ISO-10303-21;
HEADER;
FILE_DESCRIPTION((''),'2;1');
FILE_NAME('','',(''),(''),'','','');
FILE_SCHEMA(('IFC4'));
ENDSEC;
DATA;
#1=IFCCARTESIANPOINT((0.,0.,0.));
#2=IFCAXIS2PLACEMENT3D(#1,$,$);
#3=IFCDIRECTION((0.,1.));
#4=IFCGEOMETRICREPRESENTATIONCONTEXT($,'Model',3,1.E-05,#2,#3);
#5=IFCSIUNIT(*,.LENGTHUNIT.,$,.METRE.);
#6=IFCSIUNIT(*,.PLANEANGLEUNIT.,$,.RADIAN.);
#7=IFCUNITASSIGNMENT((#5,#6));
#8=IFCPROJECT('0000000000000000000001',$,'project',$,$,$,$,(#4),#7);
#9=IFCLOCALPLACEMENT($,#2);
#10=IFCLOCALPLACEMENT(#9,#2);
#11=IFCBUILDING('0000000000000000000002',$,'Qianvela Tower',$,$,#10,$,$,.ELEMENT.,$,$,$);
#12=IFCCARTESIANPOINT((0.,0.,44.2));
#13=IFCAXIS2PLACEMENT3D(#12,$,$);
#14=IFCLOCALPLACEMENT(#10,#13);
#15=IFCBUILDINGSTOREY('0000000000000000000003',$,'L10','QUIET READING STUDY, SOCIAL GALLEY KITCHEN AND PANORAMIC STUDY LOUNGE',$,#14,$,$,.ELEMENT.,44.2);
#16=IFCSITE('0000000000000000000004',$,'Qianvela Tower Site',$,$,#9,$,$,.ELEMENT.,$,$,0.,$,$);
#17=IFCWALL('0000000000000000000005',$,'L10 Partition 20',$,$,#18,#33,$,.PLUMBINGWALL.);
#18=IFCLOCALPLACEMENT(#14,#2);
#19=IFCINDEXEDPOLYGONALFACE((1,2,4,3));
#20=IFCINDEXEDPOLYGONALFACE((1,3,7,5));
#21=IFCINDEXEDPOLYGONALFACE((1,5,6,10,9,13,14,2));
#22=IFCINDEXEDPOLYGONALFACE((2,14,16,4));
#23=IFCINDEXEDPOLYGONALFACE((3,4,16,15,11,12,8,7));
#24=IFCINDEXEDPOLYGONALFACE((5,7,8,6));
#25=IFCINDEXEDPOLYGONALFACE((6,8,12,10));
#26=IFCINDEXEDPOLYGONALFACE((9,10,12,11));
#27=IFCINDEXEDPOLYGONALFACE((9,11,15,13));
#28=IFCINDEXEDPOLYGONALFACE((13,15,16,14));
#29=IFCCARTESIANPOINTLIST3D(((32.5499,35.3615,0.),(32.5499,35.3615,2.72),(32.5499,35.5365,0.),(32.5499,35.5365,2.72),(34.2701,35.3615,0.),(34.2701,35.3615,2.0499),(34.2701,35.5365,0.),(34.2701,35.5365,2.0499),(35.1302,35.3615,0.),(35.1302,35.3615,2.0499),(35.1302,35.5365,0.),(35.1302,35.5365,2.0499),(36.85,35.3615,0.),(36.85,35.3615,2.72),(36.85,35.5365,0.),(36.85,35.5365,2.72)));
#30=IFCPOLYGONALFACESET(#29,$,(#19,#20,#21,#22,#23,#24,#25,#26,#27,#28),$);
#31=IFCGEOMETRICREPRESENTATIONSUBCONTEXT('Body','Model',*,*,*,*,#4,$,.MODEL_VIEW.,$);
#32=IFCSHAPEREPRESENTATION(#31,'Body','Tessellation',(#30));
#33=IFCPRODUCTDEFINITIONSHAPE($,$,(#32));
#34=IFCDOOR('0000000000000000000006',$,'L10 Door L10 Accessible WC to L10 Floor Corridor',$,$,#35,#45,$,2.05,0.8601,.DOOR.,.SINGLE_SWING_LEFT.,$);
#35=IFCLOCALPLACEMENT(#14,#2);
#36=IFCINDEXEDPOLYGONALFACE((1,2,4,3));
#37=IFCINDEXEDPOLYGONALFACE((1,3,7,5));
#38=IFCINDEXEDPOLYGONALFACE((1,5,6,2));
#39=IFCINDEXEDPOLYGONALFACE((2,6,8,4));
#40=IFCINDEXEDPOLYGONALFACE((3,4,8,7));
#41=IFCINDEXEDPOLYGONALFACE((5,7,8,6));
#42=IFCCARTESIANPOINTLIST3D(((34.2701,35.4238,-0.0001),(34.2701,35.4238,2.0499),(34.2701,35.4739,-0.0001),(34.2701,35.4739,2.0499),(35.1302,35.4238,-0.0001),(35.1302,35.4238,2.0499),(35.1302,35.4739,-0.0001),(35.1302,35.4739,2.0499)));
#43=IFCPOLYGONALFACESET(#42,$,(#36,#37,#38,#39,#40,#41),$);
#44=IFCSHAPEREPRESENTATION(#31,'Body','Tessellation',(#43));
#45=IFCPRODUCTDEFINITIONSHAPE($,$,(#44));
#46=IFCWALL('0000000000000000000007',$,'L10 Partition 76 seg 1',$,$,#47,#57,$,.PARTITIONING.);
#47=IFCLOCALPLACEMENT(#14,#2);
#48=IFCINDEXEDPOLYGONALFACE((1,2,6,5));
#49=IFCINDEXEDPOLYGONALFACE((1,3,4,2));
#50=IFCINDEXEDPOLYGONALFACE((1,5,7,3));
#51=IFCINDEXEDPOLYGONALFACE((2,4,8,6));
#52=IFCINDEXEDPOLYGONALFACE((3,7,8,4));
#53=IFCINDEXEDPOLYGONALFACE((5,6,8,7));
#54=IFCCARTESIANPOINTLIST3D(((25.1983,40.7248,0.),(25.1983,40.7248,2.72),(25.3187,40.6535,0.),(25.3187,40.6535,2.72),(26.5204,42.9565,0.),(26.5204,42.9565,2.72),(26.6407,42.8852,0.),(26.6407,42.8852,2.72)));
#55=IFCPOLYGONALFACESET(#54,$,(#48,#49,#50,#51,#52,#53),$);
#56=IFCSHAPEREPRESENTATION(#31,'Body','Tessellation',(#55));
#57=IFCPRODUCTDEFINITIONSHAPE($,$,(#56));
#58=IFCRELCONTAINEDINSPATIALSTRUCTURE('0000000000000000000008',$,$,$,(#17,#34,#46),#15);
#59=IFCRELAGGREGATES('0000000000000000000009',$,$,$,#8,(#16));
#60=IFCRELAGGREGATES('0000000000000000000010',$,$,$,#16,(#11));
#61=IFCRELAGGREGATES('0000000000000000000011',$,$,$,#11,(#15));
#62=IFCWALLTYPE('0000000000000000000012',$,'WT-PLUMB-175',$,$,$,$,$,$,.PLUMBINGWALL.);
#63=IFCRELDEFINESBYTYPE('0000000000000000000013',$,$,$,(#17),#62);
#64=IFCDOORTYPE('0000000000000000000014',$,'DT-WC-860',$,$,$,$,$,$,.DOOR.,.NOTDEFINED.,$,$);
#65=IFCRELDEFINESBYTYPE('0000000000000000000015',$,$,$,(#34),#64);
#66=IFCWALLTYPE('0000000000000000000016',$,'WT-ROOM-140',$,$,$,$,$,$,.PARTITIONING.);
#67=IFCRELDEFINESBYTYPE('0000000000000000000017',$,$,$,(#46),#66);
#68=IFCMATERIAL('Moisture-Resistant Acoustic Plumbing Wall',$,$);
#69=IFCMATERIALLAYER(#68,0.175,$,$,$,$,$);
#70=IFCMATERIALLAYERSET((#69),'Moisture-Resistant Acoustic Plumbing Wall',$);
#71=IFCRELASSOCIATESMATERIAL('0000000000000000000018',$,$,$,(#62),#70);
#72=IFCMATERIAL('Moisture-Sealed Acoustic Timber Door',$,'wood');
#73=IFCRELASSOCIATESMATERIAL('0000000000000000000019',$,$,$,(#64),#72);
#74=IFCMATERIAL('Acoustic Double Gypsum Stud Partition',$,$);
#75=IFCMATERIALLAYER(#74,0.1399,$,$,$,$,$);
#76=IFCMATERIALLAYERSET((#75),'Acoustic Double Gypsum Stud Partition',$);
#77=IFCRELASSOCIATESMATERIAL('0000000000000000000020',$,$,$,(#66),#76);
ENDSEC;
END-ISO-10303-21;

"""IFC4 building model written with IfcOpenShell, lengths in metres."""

from ifc_helpers import new_model, si_unit, direction, frame, frame_2d, origin, place, context, subcontext, project, spatial, rectangle, extrude, material, layer, layer_set, type_object, element, fill, save


model = new_model("IFC4")

# Units and contexts
model_context = context("Model", 3, precision=1e-05, world=origin(), true_north=direction((0.0, 1.0)))
body_context = subcontext(model_context, "Body", "Model", "MODEL_VIEW")
ifc_project = project(units=[si_unit("LENGTHUNIT", "METRE"), si_unit("PLANEANGLEUNIT", "RADIAN")], contexts=[model_context])

# Site, building, storey
site_placement = place(None, origin())
site = spatial("IfcSite", under=ifc_project, at=site_placement, Name="Qianvela Tower Site", CompositionType="ELEMENT", RefElevation=0.0)
building_placement = place(site_placement, origin())
building = spatial("IfcBuilding", under=site, at=building_placement, Name="Qianvela Tower", CompositionType="ELEMENT")
storey_placement = place(building_placement, frame((0.0, 0.0, 44.2)))
storey = spatial("IfcBuildingStorey", under=building, at=storey_placement, Name="L10", Description="QUIET READING STUDY, SOCIAL GALLEY KITCHEN AND PANORAMIC STUDY LOUNGE", CompositionType="ELEMENT", Elevation=44.2)

# Wall, opening, door
ifc_material_1 = material(Name="Moisture-Resistant Acoustic Plumbing Wall")
ifc_layer_1 = layer(ifc_material_1, 0.175)
ifc_layer_set_1 = layer_set([ifc_layer_1], Name="Moisture-Resistant Acoustic Plumbing Wall")
wall_type_1 = type_object("IfcWallType", Name="WT-PLUMB-175", PredefinedType="PLUMBINGWALL", material=ifc_layer_set_1)
wall_1_placement = place(storey_placement, frame((32.55, 35.449, 0.0), z_axis=(0.0, 0.0, 1.0), x_axis=(1.0, 0.0, 0.0)))
wall_1 = element("IfcWall", 1, at=wall_1_placement, inside=storey, type_object=wall_type_1, Name="L10 Partition 20", PredefinedType="PLUMBINGWALL", context=body_context, shape_type="SweptSolid", body=[
    extrude(rectangle(XDim=4.3, YDim=0.175, at=frame_2d((2.1499, 0.0))), origin(), (0.0, 0.0, 1.0), 2.72),
])
opening_1_placement = place(wall_1_placement, frame((1.72, 0.0, 0.0)))
opening_1 = element("IfcOpeningElement", 2, at=opening_1_placement, cuts=wall_1, PredefinedType="OPENING", context=body_context, shape_type="SweptSolid", body=[
    extrude(rectangle(XDim=0.8601, YDim=2.05, at=frame_2d((0.4302, 1.0249))), frame((0.0, 0.0974, 0.0), z_axis=(0.0, -1.0, 0.0), x_axis=(1.0, 0.0, 0.0)), (0.0, 0.0, 1.0), 0.1951),
])
ifc_material_2 = material(Name="Moisture-Sealed Acoustic Timber Door", Category="wood")
door_type_1 = type_object("IfcDoorType", Name="DT-WC-860", OperationType="NOTDEFINED", PredefinedType="DOOR", material=ifc_material_2)
door_1_placement = place(opening_1_placement, origin())
door_1 = element("IfcDoor", 3, at=door_1_placement, inside=storey, type_object=door_type_1, Name="L10 Door L10 Accessible WC to L10 Floor Corridor", OperationType="SINGLE_SWING_LEFT", OverallHeight=2.05, OverallWidth=0.8601, PredefinedType="DOOR", context=body_context, shape_type="SweptSolid", body=[
    extrude(rectangle(XDim=0.8601, YDim=2.05, at=frame_2d((0.4302, 1.0249))), frame((0.0, 0.0249, 0.0), z_axis=(0.0, -1.0, 0.0), x_axis=(1.0, 0.0, 0.0)), (0.0, 0.0, 1.0), 0.05),
])
fill(opening_1, door_1)

# Wall
ifc_material_3 = material(Name="Acoustic Double Gypsum Stud Partition")
ifc_layer_2 = layer(ifc_material_3, 0.1399)
ifc_layer_set_2 = layer_set([ifc_layer_2], Name="Acoustic Double Gypsum Stud Partition")
wall_type_2 = type_object("IfcWallType", Name="WT-ROOM-140", PredefinedType="PARTITIONING", material=ifc_layer_set_2)
wall_2_placement = place(storey_placement, frame((25.2585, 40.6892, 0.0), z_axis=(0.0, 0.0, 1.0), x_axis=(0.509671, 0.860369, 0.0)))
element("IfcWall", 4, at=wall_2_placement, inside=storey, type_object=wall_type_2, Name="L10 Partition 76 seg 1", PredefinedType="PARTITIONING", context=body_context, shape_type="SweptSolid", body=[
    extrude(rectangle(XDim=2.594, YDim=0.1399, at=frame_2d((1.2969, 0.0))), origin(), (0.0, 0.0, 1.0), 2.72),
])

save(model, "model.ifc")
